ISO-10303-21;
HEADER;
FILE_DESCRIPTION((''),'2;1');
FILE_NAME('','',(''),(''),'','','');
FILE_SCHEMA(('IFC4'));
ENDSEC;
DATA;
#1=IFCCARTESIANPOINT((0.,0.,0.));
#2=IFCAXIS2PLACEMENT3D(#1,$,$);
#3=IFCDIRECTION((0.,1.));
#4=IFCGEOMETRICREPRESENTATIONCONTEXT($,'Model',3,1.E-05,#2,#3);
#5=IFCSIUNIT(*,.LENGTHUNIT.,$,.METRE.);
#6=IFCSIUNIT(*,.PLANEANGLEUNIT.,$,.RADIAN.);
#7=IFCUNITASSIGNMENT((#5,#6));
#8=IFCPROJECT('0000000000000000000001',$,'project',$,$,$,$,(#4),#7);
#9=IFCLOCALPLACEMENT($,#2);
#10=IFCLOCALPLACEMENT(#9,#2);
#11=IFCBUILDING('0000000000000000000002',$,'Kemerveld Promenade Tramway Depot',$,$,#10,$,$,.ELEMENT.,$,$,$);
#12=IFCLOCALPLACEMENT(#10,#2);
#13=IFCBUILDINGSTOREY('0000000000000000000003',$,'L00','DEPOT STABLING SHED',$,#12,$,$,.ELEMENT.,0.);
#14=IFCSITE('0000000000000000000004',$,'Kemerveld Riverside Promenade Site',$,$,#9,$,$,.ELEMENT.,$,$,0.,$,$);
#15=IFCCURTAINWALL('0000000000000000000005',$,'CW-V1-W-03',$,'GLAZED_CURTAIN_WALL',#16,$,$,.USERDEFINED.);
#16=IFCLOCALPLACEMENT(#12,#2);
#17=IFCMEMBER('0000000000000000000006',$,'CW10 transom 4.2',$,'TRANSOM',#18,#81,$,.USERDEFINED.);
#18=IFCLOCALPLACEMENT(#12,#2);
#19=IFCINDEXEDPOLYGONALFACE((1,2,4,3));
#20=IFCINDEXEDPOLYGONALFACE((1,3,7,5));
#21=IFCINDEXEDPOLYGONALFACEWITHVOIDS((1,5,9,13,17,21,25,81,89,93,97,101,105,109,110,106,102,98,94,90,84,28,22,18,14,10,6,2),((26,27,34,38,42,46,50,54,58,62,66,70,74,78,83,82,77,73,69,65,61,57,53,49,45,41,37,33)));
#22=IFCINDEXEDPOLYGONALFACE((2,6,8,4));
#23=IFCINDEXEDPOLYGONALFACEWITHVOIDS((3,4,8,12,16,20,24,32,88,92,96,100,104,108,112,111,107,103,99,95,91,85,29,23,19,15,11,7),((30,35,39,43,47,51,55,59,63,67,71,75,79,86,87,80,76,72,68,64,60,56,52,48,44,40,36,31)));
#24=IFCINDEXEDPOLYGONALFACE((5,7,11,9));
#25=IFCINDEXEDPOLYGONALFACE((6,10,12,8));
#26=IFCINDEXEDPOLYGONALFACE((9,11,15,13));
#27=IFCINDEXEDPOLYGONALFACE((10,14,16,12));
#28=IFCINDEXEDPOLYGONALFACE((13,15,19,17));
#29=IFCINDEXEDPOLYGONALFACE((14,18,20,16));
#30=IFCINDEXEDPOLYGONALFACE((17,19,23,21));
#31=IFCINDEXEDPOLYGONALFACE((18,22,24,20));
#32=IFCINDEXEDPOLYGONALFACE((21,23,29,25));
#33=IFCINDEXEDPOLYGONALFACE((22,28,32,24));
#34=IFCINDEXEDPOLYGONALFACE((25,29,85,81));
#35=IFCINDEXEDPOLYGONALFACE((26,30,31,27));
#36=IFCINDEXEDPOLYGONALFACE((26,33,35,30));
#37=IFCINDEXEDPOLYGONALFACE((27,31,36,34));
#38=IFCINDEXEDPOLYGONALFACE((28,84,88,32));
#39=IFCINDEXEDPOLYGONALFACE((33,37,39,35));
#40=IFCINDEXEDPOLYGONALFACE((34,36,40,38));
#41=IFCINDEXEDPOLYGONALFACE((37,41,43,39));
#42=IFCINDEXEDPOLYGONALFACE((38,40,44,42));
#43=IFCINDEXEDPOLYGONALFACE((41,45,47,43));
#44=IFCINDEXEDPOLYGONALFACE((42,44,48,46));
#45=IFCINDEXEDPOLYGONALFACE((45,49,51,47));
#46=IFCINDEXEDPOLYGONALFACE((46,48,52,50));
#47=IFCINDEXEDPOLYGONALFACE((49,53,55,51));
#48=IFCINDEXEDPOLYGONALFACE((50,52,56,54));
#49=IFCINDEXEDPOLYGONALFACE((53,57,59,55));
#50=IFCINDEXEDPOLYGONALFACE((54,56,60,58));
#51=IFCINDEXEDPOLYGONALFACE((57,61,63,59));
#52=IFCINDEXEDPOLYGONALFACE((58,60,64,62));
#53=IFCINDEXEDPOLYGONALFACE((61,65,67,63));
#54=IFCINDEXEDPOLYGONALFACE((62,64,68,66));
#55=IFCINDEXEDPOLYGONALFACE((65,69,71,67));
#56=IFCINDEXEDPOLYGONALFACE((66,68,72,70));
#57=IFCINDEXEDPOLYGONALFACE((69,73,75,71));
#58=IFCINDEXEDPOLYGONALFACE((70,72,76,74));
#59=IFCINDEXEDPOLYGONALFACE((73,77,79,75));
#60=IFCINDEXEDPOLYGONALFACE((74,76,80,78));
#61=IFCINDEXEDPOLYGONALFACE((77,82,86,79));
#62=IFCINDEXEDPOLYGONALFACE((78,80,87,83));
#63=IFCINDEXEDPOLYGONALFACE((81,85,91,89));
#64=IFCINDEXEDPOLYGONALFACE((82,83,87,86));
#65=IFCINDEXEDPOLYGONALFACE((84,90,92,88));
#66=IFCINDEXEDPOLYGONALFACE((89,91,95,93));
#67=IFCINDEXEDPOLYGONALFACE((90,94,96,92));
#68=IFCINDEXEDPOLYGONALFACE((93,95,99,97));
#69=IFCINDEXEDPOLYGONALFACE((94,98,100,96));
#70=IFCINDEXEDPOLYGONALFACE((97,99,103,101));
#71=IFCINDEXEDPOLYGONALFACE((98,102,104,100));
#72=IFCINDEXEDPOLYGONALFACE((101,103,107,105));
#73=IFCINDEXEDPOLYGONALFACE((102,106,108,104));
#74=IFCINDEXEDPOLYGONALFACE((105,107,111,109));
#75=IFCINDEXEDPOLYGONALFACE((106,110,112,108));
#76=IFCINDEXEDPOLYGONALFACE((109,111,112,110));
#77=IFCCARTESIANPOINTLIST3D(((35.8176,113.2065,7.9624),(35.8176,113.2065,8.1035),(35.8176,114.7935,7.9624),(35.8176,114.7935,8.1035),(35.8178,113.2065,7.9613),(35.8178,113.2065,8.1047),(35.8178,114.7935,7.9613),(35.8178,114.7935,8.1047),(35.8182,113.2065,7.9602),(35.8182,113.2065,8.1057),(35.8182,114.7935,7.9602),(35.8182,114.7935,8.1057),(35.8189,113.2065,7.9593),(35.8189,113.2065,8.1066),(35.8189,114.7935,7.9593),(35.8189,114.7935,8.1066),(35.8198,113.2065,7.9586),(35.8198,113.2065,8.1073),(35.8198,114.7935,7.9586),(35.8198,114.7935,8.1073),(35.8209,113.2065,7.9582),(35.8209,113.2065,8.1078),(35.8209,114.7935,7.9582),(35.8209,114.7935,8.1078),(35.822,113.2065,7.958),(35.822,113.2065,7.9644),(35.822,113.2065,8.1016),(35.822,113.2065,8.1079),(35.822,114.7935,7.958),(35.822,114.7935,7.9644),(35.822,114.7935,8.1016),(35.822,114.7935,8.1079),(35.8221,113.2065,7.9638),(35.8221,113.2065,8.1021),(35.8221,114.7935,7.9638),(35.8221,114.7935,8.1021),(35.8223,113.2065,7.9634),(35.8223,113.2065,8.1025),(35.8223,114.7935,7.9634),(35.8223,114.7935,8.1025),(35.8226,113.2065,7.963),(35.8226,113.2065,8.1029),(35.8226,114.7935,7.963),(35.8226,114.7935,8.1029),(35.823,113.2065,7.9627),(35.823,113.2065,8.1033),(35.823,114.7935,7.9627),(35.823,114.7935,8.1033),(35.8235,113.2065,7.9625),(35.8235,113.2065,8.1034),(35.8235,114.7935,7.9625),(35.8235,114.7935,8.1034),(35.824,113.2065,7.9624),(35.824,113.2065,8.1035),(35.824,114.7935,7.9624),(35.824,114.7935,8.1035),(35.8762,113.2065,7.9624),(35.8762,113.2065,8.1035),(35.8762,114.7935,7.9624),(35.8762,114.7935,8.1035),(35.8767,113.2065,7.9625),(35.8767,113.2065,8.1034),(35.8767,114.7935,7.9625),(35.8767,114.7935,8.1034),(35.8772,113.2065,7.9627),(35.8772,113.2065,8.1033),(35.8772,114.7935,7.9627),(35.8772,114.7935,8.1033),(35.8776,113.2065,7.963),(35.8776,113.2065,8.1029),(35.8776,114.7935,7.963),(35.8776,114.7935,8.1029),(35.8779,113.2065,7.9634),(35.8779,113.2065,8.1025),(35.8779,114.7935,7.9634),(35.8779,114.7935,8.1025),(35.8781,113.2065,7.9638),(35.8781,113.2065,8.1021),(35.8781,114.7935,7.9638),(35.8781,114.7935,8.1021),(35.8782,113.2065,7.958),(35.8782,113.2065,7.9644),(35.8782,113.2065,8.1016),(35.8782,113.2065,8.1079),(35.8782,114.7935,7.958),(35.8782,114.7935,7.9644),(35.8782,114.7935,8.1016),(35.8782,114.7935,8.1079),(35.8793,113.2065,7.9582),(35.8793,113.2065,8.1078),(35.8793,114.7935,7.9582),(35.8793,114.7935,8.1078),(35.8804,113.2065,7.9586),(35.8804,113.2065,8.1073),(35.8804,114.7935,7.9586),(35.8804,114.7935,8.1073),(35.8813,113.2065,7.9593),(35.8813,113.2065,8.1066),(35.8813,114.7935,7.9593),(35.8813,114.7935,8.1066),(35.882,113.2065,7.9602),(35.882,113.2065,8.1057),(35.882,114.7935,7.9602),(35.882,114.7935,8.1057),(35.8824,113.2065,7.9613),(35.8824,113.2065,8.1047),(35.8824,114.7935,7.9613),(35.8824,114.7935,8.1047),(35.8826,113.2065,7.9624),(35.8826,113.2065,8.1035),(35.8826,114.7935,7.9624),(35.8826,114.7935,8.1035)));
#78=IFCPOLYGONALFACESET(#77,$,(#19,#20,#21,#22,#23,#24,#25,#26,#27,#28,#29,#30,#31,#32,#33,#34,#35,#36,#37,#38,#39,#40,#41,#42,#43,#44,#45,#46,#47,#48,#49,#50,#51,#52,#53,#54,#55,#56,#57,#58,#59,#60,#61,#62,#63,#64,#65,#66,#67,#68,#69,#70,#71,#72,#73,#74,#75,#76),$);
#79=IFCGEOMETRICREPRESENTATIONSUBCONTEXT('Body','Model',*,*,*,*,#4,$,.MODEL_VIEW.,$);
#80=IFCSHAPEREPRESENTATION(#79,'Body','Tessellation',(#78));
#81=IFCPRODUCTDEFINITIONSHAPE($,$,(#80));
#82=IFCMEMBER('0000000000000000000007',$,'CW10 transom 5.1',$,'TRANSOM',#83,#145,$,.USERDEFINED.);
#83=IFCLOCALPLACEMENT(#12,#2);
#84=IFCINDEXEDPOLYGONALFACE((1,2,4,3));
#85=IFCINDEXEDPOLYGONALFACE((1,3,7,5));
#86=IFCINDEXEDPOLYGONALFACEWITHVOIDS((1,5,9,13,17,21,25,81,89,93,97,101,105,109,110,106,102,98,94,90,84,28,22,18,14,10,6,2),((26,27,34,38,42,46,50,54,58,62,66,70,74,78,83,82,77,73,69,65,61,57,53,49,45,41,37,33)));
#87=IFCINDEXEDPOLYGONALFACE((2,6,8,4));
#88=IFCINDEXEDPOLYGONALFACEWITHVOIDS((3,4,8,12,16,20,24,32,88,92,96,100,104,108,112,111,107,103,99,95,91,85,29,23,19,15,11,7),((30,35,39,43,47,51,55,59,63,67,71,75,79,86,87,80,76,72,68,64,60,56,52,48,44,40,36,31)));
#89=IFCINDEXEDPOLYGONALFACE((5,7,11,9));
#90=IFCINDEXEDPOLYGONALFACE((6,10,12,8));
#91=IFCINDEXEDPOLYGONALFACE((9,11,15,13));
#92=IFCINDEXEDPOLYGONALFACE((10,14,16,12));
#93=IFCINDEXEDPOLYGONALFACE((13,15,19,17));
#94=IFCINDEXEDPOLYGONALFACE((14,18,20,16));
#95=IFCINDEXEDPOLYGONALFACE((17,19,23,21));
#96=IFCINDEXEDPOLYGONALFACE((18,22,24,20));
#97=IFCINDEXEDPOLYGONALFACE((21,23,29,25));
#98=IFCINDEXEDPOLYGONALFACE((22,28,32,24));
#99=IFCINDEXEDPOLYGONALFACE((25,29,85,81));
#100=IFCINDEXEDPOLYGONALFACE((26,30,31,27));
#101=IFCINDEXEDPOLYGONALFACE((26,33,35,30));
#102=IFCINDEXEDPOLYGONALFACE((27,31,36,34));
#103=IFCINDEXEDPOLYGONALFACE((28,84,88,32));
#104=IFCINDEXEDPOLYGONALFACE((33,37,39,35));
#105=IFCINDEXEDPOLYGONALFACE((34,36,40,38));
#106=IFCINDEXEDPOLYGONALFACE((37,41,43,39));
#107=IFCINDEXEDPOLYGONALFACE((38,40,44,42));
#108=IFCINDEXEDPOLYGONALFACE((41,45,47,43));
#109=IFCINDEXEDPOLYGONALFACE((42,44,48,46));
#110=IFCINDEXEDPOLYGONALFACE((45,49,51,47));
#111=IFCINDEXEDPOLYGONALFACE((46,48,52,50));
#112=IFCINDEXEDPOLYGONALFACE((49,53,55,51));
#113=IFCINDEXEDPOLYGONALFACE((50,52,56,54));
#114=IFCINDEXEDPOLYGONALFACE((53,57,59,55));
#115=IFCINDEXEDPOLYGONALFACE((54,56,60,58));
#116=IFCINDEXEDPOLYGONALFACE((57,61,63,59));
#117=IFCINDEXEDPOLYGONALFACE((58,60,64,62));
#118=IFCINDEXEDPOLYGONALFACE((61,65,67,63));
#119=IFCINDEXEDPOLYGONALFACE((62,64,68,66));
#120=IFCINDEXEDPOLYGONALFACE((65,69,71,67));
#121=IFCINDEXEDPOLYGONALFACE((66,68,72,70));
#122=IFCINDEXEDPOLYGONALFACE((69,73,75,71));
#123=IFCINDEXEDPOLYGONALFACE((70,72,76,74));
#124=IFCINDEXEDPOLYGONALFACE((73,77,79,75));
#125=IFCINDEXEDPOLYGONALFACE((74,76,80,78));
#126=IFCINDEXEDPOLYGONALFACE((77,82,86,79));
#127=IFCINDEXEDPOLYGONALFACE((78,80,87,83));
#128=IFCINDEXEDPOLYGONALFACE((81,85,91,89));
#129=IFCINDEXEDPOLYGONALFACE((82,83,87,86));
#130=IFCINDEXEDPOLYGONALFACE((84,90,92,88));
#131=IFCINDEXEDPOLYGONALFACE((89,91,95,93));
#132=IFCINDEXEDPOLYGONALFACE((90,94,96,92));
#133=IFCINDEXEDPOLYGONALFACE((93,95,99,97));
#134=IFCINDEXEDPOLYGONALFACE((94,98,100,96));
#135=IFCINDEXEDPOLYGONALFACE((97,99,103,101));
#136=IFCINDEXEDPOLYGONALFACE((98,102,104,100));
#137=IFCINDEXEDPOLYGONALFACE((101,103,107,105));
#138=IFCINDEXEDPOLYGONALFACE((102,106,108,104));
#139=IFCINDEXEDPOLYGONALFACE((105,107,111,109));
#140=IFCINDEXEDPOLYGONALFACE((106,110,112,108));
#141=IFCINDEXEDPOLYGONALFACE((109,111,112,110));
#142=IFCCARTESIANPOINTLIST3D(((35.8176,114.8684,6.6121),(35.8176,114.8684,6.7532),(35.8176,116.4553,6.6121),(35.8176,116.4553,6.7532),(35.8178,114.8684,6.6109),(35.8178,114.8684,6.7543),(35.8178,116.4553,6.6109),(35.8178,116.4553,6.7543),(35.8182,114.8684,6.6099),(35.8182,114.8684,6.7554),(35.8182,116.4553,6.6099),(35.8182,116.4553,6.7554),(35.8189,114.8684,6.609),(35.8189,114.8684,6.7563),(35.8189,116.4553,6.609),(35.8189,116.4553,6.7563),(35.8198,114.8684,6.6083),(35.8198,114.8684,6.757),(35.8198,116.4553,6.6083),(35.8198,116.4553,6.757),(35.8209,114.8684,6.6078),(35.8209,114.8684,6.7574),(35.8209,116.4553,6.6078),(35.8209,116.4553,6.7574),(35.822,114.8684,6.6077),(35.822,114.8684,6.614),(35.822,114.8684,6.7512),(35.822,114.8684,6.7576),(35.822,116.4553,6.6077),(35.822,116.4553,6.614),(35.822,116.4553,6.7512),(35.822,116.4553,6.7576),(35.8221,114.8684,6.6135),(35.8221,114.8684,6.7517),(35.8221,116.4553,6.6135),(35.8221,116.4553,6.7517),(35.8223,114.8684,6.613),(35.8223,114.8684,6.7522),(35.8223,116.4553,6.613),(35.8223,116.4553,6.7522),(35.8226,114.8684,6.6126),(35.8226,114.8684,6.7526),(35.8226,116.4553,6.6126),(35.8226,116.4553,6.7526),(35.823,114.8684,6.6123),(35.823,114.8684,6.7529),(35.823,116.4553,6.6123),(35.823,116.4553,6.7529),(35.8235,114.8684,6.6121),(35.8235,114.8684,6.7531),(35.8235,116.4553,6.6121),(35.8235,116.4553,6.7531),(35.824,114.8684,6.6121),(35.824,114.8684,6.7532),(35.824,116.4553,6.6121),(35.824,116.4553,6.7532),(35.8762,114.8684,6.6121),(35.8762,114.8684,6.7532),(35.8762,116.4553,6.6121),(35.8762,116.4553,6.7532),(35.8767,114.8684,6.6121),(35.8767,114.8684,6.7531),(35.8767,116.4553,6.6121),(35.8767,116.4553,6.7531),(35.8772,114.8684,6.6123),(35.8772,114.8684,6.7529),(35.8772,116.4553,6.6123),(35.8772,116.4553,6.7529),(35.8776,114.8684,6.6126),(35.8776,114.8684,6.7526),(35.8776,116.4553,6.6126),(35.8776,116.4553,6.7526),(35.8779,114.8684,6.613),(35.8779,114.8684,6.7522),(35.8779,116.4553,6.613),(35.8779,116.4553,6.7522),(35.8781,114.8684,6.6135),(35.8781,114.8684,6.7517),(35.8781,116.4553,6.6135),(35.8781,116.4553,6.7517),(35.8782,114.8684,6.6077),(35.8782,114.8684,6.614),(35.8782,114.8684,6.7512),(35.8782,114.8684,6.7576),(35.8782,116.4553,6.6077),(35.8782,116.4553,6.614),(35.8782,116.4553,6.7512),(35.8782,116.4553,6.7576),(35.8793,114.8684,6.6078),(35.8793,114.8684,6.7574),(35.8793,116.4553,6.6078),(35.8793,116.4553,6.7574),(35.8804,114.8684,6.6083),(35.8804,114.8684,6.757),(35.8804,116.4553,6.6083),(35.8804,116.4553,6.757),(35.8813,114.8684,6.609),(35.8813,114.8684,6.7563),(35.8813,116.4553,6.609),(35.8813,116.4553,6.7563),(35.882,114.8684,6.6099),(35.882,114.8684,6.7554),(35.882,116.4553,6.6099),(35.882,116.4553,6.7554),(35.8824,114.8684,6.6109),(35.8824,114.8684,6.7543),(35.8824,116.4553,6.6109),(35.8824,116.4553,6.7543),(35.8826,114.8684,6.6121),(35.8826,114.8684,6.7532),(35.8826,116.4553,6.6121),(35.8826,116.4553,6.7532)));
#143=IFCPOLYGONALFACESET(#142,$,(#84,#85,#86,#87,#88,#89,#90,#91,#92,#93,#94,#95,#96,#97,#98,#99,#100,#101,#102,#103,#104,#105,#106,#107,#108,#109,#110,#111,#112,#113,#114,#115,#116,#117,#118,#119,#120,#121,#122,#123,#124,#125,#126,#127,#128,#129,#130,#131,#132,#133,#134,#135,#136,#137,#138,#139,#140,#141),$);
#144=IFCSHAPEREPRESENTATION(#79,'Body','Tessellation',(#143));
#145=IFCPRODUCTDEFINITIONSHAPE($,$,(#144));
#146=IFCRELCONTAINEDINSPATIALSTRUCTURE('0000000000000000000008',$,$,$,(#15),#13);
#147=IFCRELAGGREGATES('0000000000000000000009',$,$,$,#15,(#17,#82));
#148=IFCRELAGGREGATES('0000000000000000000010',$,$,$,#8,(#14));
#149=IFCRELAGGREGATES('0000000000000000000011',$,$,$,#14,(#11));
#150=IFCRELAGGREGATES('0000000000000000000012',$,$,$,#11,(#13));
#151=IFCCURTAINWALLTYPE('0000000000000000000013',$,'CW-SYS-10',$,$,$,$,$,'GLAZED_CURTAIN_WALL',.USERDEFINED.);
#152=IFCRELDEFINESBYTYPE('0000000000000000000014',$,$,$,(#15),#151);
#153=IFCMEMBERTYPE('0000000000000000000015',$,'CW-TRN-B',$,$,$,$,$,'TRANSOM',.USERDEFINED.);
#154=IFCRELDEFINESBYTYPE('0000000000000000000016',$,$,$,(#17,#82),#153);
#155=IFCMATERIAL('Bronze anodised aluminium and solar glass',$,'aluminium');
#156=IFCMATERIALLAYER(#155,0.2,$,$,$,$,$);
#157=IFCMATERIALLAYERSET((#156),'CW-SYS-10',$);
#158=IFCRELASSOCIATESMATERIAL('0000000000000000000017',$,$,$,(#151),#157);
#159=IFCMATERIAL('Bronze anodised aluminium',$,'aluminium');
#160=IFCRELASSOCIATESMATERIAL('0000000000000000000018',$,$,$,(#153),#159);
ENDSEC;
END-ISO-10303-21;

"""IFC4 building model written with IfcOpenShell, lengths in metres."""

from ifc_helpers import new_model, si_unit, direction, frame, origin, origin_2d, place, context, subcontext, project, spatial, hollow_rectangle, extrude, material, layer, layer_set, material_profile, profile_set, type_object, element, aggregate, save


model = new_model("IFC4")

# Units and contexts
model_context = context("Model", 3, precision=1e-05, world=origin(), true_north=direction((0.0, 1.0)))
body_context = subcontext(model_context, "Body", "Model", "MODEL_VIEW")
ifc_project = project(units=[si_unit("LENGTHUNIT", "METRE"), si_unit("PLANEANGLEUNIT", "RADIAN")], contexts=[model_context])

# Site, building, storey
site_placement = place(None, origin())
site = spatial("IfcSite", under=ifc_project, at=site_placement, Name="Kemerveld Riverside Promenade Site", CompositionType="ELEMENT", RefElevation=0.0)
building_placement = place(site_placement, origin())
building = spatial("IfcBuilding", under=site, at=building_placement, Name="Kemerveld Promenade Tramway Depot", CompositionType="ELEMENT")
storey_placement = place(building_placement, origin())
storey = spatial("IfcBuildingStorey", under=building, at=storey_placement, Name="L00", Description="DEPOT STABLING SHED", CompositionType="ELEMENT", Elevation=0.0)

# Curtain wall
ifc_material_1 = material(Name="Bronze anodised aluminium and solar glass", Category="aluminium")
ifc_material_2 = material(Name="Bronze anodised aluminium", Category="aluminium")
ifc_layer_1 = layer(ifc_material_1, 0.2)
ifc_layer_set_1 = layer_set([ifc_layer_1], Name="CW-SYS-10")
curtain_wall_type_1 = type_object("IfcCurtainWallType", Name="CW-SYS-10", ElementType="GLAZED_CURTAIN_WALL", PredefinedType="USERDEFINED", material=ifc_layer_set_1)
curtain_wall_1_placement = place(storey_placement, origin())
curtain_wall_1 = element("IfcCurtainWall", 1, at=curtain_wall_1_placement, inside=storey, type_object=curtain_wall_type_1, Name="CW-V1-W-03", ObjectType="GLAZED_CURTAIN_WALL", PredefinedType="USERDEFINED")

# Members
ifc_material_profile_1 = material_profile(ifc_material_2, hollow_rectangle(XDim=0.0649, YDim=0.1499, WallThickness=0.0044, InnerFilletRadius=0.002, OuterFilletRadius=0.0044, at=origin_2d()), Name="CW-TRN-150x65")
ifc_profile_set_1 = profile_set([ifc_material_profile_1], Name="Bronze anodised aluminium")
member_type_1 = type_object("IfcMemberType", Name="CW-TRN-B", ElementType="TRANSOM", PredefinedType="USERDEFINED", material=ifc_profile_set_1)
member_1_placement = place(storey_placement, frame((35.8501, 113.2065, 8.033), z_axis=(0.0, 1.0, 0.0), x_axis=(-1.0, 0.0, 0.0)))
member_1 = element("IfcMember", 2, at=member_1_placement, type_object=member_type_1, Name="CW10 transom 4.2", ObjectType="TRANSOM", PredefinedType="USERDEFINED", context=body_context, shape_type="SweptSolid", body=[
    extrude(hollow_rectangle(XDim=0.0649, YDim=0.1499, WallThickness=0.0044, InnerFilletRadius=0.002, OuterFilletRadius=0.0044, at=origin_2d()), origin(), (0.0, 0.0, 1.0), 1.5869),
])
member_2_placement = place(storey_placement, frame((35.8501, 114.8684, 6.6826), z_axis=(0.0, 1.0, 0.0), x_axis=(-1.0, 0.0, 0.0)))
member_2 = element("IfcMember", 3, at=member_2_placement, type_object=member_type_1, Name="CW10 transom 5.1", ObjectType="TRANSOM", PredefinedType="USERDEFINED", context=body_context, shape_type="SweptSolid", body=[
    extrude(hollow_rectangle(XDim=0.0649, YDim=0.1499, WallThickness=0.0044, InnerFilletRadius=0.002, OuterFilletRadius=0.0044, at=origin_2d()), origin(), (0.0, 0.0, 1.0), 1.5869),
])

aggregate(curtain_wall_1, [member_1, member_2])

save(model, "model.ifc")
